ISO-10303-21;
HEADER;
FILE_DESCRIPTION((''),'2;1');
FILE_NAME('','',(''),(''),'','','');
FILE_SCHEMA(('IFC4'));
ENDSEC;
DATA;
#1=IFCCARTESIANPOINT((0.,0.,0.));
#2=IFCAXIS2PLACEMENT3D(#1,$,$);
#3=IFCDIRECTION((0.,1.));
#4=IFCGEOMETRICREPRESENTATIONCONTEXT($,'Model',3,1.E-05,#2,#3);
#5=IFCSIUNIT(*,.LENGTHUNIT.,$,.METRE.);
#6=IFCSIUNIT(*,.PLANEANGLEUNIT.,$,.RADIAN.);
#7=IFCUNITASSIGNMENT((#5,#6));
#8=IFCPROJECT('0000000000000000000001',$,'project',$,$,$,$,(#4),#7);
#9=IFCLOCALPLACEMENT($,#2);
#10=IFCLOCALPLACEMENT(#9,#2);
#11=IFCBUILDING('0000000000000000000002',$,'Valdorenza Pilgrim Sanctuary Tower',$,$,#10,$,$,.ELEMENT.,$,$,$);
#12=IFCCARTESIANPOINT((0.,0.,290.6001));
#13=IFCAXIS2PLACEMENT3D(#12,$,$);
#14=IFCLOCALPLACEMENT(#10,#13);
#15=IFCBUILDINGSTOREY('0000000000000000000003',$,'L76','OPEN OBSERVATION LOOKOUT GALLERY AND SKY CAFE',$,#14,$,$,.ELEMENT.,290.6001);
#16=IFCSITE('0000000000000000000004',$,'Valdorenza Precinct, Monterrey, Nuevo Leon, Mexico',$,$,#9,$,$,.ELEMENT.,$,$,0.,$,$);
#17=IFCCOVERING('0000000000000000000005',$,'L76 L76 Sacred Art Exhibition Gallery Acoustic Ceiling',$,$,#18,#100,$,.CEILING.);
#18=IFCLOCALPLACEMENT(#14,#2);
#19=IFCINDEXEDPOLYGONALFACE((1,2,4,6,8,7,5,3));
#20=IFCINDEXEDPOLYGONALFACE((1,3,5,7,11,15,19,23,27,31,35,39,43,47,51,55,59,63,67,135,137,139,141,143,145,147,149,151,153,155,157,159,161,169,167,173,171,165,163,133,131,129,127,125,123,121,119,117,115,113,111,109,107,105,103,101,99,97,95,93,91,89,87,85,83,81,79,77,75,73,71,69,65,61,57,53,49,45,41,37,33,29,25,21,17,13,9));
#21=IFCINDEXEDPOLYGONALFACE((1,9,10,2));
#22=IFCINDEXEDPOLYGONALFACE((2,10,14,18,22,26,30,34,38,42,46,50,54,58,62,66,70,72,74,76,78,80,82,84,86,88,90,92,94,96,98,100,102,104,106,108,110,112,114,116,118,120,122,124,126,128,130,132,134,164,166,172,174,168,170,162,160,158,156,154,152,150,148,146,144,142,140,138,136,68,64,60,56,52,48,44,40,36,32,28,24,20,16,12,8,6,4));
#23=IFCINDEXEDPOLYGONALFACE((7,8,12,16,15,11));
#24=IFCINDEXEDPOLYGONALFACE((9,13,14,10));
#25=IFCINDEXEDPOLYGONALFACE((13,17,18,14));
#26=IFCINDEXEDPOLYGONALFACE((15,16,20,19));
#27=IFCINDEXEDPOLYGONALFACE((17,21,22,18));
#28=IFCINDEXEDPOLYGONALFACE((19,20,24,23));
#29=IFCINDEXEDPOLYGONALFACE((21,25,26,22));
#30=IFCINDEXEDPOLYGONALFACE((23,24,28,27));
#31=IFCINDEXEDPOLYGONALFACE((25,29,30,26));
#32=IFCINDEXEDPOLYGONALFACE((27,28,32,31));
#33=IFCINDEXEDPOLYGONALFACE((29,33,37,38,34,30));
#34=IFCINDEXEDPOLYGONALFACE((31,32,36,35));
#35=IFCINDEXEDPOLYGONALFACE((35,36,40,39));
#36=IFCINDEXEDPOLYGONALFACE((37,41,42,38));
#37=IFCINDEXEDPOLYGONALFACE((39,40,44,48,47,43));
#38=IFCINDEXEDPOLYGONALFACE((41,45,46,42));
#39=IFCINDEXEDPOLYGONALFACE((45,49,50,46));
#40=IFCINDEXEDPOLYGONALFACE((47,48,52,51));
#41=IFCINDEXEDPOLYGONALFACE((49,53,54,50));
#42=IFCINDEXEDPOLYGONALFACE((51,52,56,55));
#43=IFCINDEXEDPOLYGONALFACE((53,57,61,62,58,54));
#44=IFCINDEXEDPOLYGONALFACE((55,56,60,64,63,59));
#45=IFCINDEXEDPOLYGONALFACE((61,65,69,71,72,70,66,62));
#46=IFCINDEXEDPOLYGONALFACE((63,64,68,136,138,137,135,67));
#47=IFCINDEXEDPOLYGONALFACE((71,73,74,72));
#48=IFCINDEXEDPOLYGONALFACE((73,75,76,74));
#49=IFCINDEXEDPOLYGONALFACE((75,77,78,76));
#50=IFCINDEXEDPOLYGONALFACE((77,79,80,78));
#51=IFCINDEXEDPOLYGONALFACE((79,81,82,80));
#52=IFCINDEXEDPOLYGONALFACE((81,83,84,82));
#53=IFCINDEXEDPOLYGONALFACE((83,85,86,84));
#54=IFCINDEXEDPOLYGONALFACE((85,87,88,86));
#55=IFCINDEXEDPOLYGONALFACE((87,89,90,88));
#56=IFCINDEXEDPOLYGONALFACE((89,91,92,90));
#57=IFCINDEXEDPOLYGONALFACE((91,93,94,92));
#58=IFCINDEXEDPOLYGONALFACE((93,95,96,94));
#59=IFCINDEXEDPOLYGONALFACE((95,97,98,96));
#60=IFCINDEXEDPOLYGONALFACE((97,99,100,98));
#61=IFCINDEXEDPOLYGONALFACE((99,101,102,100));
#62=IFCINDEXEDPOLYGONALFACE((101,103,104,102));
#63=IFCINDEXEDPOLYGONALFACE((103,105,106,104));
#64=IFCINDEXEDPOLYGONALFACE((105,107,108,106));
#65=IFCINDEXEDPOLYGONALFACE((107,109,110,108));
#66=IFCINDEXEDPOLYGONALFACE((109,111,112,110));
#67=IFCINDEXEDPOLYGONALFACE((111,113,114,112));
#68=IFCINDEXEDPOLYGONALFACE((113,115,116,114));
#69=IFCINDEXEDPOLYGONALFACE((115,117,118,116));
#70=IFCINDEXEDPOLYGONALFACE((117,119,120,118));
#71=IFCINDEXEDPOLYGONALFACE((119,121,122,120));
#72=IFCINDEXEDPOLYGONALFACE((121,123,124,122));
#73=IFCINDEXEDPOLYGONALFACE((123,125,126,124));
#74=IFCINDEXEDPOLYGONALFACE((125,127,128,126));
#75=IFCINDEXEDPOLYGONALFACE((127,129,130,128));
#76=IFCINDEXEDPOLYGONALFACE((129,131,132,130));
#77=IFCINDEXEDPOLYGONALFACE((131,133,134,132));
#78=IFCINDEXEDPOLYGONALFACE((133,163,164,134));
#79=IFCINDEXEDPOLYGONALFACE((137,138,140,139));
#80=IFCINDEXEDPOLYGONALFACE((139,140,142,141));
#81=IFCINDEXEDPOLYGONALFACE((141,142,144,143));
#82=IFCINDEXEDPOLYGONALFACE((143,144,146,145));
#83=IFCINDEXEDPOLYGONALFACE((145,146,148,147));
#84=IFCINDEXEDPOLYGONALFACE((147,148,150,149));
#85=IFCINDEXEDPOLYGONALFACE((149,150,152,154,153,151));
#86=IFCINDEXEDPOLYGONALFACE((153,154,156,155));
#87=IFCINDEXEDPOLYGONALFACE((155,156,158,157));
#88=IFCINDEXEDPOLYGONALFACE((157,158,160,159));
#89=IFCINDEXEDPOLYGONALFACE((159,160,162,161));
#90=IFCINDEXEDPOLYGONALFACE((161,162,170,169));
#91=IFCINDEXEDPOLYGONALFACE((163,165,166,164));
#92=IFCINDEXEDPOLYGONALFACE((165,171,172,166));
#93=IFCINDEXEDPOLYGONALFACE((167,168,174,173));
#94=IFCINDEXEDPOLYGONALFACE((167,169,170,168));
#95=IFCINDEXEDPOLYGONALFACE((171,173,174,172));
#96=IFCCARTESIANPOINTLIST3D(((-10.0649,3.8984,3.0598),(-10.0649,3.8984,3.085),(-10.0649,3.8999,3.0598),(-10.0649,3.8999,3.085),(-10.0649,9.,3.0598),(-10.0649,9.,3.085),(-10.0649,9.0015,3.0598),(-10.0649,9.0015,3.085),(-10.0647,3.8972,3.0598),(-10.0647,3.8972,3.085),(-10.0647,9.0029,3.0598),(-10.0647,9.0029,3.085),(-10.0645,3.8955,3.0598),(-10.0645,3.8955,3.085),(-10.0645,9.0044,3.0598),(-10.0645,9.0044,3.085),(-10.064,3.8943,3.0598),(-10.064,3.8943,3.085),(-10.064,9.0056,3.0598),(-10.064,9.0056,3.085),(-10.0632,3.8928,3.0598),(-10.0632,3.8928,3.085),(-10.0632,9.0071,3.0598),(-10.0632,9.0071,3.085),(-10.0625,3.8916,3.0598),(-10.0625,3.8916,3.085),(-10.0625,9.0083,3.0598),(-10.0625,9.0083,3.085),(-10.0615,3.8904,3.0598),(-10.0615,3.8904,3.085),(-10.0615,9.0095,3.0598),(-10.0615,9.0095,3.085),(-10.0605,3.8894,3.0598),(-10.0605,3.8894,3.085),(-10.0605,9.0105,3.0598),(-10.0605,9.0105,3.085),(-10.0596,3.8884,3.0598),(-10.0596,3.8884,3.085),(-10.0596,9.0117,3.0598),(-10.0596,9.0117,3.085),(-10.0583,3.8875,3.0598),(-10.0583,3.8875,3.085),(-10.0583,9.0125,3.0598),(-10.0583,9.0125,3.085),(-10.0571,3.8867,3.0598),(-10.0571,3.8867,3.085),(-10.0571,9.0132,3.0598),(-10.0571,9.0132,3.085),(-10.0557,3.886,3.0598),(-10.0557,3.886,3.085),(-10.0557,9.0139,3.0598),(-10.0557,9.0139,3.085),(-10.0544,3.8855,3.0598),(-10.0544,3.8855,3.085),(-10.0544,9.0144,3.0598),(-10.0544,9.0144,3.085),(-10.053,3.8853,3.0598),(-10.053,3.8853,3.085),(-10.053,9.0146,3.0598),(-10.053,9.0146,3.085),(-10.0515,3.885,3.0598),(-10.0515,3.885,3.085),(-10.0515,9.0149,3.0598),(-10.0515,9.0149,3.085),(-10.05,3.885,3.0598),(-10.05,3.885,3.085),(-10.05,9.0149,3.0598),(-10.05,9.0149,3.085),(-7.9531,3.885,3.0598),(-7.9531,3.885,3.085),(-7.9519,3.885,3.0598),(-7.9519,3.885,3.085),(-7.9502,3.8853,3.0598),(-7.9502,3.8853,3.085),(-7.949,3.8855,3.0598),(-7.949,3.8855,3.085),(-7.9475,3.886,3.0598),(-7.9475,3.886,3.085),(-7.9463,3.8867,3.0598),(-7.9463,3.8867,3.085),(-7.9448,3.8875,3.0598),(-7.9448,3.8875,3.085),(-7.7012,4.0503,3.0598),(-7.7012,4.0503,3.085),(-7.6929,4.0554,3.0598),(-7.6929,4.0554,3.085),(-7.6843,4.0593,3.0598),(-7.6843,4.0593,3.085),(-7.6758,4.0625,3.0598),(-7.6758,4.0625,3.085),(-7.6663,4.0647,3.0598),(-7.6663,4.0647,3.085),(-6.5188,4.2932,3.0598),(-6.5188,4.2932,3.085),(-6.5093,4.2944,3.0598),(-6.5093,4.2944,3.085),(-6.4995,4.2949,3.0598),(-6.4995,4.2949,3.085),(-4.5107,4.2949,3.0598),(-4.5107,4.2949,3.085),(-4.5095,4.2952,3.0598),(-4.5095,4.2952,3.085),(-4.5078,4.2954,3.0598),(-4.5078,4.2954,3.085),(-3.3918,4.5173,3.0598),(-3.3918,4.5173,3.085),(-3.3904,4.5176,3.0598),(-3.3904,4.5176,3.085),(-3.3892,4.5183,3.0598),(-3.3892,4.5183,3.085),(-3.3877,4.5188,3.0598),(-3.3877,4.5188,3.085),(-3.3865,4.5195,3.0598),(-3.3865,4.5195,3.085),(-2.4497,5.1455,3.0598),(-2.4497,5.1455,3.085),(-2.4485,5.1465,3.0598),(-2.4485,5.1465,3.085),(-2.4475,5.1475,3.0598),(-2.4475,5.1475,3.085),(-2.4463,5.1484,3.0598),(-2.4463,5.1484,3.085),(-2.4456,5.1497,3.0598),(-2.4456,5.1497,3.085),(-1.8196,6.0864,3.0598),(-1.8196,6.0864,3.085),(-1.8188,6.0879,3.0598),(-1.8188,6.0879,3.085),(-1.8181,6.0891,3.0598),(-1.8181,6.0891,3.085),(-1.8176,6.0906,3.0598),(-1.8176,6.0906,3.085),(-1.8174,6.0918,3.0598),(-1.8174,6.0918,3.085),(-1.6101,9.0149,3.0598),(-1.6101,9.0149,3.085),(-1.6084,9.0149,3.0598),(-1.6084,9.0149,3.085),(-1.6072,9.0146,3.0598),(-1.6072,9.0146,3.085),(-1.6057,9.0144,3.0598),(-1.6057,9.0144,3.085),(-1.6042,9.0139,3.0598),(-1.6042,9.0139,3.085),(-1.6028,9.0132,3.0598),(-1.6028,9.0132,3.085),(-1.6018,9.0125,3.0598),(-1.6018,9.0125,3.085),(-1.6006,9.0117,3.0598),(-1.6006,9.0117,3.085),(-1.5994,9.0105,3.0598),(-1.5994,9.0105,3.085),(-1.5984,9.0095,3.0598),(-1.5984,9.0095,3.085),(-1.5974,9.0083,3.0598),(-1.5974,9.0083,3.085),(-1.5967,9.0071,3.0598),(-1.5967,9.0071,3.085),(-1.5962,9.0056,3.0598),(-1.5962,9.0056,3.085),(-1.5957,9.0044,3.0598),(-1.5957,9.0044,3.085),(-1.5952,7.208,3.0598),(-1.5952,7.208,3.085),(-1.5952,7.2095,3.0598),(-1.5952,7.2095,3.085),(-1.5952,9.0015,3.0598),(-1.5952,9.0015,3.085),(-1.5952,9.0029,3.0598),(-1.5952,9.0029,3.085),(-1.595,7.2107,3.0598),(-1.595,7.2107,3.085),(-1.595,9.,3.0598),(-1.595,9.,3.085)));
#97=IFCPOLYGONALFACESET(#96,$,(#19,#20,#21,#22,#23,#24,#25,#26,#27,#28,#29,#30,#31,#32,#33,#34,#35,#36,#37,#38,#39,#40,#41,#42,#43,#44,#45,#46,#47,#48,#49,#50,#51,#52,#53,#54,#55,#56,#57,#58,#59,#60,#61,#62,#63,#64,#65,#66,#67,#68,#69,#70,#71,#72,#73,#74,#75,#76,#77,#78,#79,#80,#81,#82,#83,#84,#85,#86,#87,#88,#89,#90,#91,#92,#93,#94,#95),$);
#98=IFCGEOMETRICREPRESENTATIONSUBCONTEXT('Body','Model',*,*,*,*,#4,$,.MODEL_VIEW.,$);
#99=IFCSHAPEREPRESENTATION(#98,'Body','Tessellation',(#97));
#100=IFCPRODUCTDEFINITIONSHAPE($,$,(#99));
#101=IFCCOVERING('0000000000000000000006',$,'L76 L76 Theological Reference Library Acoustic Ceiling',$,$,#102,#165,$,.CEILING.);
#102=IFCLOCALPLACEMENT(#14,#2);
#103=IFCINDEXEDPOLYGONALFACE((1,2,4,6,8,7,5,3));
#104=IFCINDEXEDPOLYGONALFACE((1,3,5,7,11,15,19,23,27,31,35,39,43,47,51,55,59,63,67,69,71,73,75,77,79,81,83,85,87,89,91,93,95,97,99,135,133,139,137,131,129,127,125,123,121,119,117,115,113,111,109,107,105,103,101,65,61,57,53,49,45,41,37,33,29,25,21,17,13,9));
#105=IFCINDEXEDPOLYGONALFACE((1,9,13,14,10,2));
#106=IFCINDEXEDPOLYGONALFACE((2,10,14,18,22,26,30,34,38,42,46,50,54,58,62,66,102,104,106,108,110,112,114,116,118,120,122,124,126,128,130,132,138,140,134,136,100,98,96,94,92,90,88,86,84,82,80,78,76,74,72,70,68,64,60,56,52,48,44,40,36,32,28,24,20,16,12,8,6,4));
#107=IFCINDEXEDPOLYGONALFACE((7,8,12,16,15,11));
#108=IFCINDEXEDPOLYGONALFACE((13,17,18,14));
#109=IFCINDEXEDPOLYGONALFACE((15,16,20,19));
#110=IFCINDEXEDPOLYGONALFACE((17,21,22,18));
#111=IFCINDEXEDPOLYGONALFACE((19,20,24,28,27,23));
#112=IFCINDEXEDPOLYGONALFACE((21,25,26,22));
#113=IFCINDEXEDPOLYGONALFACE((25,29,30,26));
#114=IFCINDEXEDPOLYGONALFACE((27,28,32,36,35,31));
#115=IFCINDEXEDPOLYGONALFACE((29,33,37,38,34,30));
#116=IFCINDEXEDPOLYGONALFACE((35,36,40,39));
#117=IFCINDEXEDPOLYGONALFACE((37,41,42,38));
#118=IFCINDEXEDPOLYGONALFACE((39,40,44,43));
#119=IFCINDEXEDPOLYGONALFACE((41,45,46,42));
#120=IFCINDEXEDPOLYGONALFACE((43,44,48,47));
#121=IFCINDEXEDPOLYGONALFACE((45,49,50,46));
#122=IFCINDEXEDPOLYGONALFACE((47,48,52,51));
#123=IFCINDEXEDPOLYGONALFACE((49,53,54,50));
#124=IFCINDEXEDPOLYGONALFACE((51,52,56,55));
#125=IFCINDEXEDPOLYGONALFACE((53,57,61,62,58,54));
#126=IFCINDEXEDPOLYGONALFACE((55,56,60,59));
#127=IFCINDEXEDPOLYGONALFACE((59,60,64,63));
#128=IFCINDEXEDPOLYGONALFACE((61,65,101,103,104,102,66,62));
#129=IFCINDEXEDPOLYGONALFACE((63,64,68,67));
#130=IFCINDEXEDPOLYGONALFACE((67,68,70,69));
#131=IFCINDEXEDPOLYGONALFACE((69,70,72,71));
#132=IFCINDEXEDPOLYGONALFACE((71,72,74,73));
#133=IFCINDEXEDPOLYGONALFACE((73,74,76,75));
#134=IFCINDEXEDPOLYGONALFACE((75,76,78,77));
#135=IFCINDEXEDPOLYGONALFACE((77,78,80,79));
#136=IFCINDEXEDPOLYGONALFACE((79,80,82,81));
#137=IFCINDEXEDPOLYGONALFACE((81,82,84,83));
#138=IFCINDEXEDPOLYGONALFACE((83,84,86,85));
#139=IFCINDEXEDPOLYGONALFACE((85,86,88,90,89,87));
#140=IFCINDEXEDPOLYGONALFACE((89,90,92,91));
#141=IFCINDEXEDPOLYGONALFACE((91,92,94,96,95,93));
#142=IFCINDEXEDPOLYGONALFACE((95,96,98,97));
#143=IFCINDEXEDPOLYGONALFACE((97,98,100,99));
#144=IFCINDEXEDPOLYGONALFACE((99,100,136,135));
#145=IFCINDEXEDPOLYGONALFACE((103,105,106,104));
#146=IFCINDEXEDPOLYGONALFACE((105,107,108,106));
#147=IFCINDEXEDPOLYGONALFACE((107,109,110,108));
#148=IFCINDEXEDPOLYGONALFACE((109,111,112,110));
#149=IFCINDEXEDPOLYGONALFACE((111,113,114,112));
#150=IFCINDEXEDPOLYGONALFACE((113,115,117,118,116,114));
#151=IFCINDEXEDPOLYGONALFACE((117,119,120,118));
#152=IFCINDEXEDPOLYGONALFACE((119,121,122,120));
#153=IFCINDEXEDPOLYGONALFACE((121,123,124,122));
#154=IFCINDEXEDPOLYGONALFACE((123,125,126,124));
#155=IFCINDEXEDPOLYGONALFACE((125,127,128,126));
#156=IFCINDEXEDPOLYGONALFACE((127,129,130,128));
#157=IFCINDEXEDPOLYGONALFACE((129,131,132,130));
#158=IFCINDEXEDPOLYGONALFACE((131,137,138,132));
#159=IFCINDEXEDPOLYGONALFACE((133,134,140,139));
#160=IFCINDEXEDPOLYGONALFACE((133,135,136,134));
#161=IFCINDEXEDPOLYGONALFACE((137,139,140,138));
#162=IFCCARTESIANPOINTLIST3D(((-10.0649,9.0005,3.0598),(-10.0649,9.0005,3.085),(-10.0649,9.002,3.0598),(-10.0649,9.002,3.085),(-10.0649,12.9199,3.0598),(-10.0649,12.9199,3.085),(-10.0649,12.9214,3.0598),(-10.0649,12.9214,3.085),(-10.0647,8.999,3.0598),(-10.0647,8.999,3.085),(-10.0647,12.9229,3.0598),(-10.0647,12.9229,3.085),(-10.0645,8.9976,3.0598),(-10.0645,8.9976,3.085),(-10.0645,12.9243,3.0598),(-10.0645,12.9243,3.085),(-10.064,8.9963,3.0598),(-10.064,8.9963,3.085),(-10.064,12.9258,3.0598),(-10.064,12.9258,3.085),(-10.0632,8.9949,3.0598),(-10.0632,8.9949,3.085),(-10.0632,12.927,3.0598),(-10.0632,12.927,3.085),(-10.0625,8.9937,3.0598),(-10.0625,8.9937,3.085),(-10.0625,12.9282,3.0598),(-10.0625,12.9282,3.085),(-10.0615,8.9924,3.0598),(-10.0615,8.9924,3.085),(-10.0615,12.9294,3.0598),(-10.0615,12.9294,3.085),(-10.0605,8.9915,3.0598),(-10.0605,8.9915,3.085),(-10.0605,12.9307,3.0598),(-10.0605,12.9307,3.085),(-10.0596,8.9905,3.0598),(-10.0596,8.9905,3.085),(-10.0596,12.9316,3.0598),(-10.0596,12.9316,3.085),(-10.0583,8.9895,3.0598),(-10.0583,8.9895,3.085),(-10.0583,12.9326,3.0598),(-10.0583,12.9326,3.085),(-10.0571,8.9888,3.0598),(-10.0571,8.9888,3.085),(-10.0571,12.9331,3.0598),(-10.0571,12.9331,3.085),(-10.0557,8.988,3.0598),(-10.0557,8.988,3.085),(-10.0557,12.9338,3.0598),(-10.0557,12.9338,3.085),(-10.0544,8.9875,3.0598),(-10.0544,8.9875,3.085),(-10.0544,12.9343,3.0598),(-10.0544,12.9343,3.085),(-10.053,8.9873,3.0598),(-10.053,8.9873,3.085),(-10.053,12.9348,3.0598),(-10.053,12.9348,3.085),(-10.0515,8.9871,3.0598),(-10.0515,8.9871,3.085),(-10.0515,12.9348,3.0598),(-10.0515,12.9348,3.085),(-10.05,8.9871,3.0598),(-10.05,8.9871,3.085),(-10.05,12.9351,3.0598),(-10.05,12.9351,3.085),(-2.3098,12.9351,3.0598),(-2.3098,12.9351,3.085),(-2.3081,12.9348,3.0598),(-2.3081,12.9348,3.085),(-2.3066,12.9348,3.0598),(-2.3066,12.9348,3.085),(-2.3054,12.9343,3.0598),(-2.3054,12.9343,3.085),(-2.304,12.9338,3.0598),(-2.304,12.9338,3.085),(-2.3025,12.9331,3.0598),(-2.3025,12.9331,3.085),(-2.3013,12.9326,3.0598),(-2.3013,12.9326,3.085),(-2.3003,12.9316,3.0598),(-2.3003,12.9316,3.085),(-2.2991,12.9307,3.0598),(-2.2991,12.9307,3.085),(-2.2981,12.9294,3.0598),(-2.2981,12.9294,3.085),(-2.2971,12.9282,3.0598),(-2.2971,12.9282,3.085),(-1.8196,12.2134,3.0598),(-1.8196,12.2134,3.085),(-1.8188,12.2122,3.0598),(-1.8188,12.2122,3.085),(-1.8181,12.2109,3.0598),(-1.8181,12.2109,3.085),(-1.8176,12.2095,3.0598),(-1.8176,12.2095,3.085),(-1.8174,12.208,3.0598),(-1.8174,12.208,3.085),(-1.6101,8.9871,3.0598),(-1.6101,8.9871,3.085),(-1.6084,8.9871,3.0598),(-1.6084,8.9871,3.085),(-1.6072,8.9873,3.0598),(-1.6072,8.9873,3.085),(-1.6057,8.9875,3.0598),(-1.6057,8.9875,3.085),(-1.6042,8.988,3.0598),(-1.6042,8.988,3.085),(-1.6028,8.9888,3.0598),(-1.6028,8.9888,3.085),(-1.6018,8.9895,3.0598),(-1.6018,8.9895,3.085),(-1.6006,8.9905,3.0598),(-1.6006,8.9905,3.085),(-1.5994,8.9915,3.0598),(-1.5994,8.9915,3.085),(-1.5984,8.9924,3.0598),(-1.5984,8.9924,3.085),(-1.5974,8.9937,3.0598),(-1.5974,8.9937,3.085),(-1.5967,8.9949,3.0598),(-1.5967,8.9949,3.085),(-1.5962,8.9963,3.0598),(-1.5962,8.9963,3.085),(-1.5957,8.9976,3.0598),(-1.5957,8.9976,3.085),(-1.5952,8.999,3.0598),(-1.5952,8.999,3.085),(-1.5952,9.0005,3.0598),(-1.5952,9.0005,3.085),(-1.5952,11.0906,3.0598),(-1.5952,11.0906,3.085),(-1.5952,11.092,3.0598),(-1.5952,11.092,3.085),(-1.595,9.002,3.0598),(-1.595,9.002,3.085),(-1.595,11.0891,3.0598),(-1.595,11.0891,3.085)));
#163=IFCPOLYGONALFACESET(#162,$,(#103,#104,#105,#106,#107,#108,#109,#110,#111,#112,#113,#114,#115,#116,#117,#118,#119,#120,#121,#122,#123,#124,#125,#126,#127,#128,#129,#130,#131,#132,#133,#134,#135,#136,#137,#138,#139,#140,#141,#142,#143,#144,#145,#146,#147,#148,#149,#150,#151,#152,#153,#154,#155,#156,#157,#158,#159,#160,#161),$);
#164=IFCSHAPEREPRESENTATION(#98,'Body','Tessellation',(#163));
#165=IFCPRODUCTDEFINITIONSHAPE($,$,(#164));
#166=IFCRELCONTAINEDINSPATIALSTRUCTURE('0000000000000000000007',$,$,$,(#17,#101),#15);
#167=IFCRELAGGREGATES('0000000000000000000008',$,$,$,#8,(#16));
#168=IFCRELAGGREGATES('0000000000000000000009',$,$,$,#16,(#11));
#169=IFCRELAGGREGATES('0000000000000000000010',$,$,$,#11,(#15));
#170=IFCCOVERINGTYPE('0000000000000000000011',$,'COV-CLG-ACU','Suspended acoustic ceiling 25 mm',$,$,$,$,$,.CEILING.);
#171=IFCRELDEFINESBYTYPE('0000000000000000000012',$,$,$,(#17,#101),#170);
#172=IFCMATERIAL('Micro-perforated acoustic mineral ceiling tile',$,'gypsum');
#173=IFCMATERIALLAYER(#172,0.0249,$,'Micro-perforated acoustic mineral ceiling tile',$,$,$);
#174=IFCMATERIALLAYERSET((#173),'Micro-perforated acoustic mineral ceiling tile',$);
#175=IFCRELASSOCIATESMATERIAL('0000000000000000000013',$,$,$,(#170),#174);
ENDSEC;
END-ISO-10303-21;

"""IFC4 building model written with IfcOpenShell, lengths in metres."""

from ifc_helpers import new_model, si_unit, direction, frame, origin, place, context, subcontext, project, spatial, polyline, outline, extrude, material, layer, layer_set, type_object, element, save


model = new_model("IFC4")

# Units and contexts
model_context = context("Model", 3, precision=1e-05, world=origin(), true_north=direction((0.0, 1.0)))
body_context = subcontext(model_context, "Body", "Model", "MODEL_VIEW")
ifc_project = project(units=[si_unit("LENGTHUNIT", "METRE"), si_unit("PLANEANGLEUNIT", "RADIAN")], contexts=[model_context])

# Site, building, storey
site_placement = place(None, origin())
site = spatial("IfcSite", under=ifc_project, at=site_placement, Name="Valdorenza Precinct, Monterrey, Nuevo Leon, Mexico", CompositionType="ELEMENT", RefElevation=0.0)
building_placement = place(site_placement, origin())
building = spatial("IfcBuilding", under=site, at=building_placement, Name="Valdorenza Pilgrim Sanctuary Tower", CompositionType="ELEMENT")
storey_placement = place(building_placement, frame((0.0, 0.0, 290.6001)))
storey = spatial("IfcBuildingStorey", under=building, at=storey_placement, Name="L76", Description="OPEN OBSERVATION LOOKOUT GALLERY AND SKY CAFE", CompositionType="ELEMENT", Elevation=290.6001)

# Coverings
ifc_material_1 = material(Name="Micro-perforated acoustic mineral ceiling tile", Category="gypsum")
ifc_layer_1 = layer(ifc_material_1, 0.0249, Name="Micro-perforated acoustic mineral ceiling tile")
ifc_layer_set_1 = layer_set([ifc_layer_1], Name="Micro-perforated acoustic mineral ceiling tile")
covering_type_1 = type_object("IfcCoveringType", Name="COV-CLG-ACU", Description="Suspended acoustic ceiling 25 mm", PredefinedType="CEILING", material=ifc_layer_set_1)
covering_1_placement = place(storey_placement, frame((0.0, 0.0, 3.0598)))
element("IfcCovering", 1, at=covering_1_placement, inside=storey, type_object=covering_type_1, Name="L76 L76 Sacred Art Exhibition Gallery Acoustic Ceiling", PredefinedType="CEILING", context=body_context, shape_type="SweptSolid", body=[
    extrude(outline(polyline([(-10.0649, 9.0), (-10.0649, 9.0015), (-10.0647, 9.0029), (-10.0645, 9.0044), (-10.064, 9.0056), (-10.0632, 9.0071), (-10.0625, 9.0083), (-10.0615, 9.0095), (-10.0605, 9.0105), (-10.0596, 9.0117), (-10.0583, 9.0125), (-10.0571, 9.0132), (-10.0557, 9.0139), (-10.0544, 9.0144), (-10.053, 9.0146), (-10.0515, 9.0149), (-10.05, 9.0149), (-1.6101, 9.0149), (-1.6084, 9.0149), (-1.6072, 9.0146), (-1.6057, 9.0144), (-1.6042, 9.0139), (-1.6028, 9.0132), (-1.6018, 9.0125), (-1.6006, 9.0117), (-1.5994, 9.0105), (-1.5984, 9.0095), (-1.5974, 9.0083), (-1.5967, 9.0071), (-1.5962, 9.0056), (-1.5957, 9.0044), (-1.5952, 9.0029), (-1.5952, 9.0015), (-1.595, 9.0), (-1.595, 7.2107), (-1.5952, 7.2095), (-1.5952, 7.208), (-1.8174, 6.0918), (-1.8176, 6.0906), (-1.8181, 6.0891), (-1.8188, 6.0879), (-1.8196, 6.0864), (-2.4456, 5.1497), (-2.4463, 5.1484), (-2.4475, 5.1475), (-2.4485, 5.1465), (-2.4497, 5.1455), (-3.3865, 4.5195), (-3.3877, 4.5188), (-3.3892, 4.5183), (-3.3904, 4.5176), (-3.3918, 4.5173), (-4.5078, 4.2954), (-4.5095, 4.2952), (-4.5107, 4.2949), (-6.4995, 4.2949), (-6.5093, 4.2944), (-6.5188, 4.2932), (-7.6663, 4.0647), (-7.6758, 4.0625), (-7.6843, 4.0593), (-7.6929, 4.0554), (-7.7012, 4.0503), (-7.9448, 3.8875), (-7.9463, 3.8867), (-7.9475, 3.886), (-7.949, 3.8855), (-7.9502, 3.8853), (-7.9519, 3.885), (-7.9531, 3.885), (-10.05, 3.885), (-10.0515, 3.885), (-10.053, 3.8853), (-10.0544, 3.8855), (-10.0557, 3.886), (-10.0571, 3.8867), (-10.0583, 3.8875), (-10.0596, 3.8884), (-10.0605, 3.8894), (-10.0615, 3.8904), (-10.0625, 3.8916), (-10.0632, 3.8928), (-10.064, 3.8943), (-10.0645, 3.8955), (-10.0647, 3.8972), (-10.0649, 3.8984), (-10.0649, 3.8999), (-10.0649, 9.0)])), origin(), (0.0, 0.0, 1.0), 0.0251),
])
covering_2_placement = place(storey_placement, frame((0.0, 0.0, 3.0598)))
element("IfcCovering", 2, at=covering_2_placement, inside=storey, type_object=covering_type_1, Name="L76 L76 Theological Reference Library Acoustic Ceiling", PredefinedType="CEILING", context=body_context, shape_type="SweptSolid", body=[
    extrude(outline(polyline([(-10.0649, 12.9199), (-10.0649, 12.9214), (-10.0647, 12.9229), (-10.0645, 12.9243), (-10.064, 12.9258), (-10.0632, 12.927), (-10.0625, 12.9282), (-10.0615, 12.9294), (-10.0605, 12.9307), (-10.0596, 12.9316), (-10.0583, 12.9326), (-10.0571, 12.9331), (-10.0557, 12.9338), (-10.0544, 12.9343), (-10.053, 12.9348), (-10.0515, 12.9348), (-10.05, 12.9351), (-2.3098, 12.9351), (-2.3081, 12.9348), (-2.3066, 12.9348), (-2.3054, 12.9343), (-2.304, 12.9338), (-2.3025, 12.9331), (-2.3013, 12.9326), (-2.3003, 12.9316), (-2.2991, 12.9307), (-2.2981, 12.9294), (-2.2971, 12.9282), (-1.8196, 12.2134), (-1.8188, 12.2122), (-1.8181, 12.2109), (-1.8176, 12.2095), (-1.8174, 12.208), (-1.5952, 11.092), (-1.5952, 11.0906), (-1.595, 11.0891), (-1.595, 9.002), (-1.5952, 9.0005), (-1.5952, 8.999), (-1.5957, 8.9976), (-1.5962, 8.9963), (-1.5967, 8.9949), (-1.5974, 8.9937), (-1.5984, 8.9924), (-1.5994, 8.9915), (-1.6006, 8.9905), (-1.6018, 8.9895), (-1.6028, 8.9888), (-1.6042, 8.988), (-1.6057, 8.9875), (-1.6072, 8.9873), (-1.6084, 8.9871), (-1.6101, 8.9871), (-10.05, 8.9871), (-10.0515, 8.9871), (-10.053, 8.9873), (-10.0544, 8.9875), (-10.0557, 8.988), (-10.0571, 8.9888), (-10.0583, 8.9895), (-10.0596, 8.9905), (-10.0605, 8.9915), (-10.0615, 8.9924), (-10.0625, 8.9937), (-10.0632, 8.9949), (-10.064, 8.9963), (-10.0645, 8.9976), (-10.0647, 8.999), (-10.0649, 9.0005), (-10.0649, 9.002), (-10.0649, 12.9199)])), origin(), (0.0, 0.0, 1.0), 0.0251),
])

save(model, "model.ifc")
